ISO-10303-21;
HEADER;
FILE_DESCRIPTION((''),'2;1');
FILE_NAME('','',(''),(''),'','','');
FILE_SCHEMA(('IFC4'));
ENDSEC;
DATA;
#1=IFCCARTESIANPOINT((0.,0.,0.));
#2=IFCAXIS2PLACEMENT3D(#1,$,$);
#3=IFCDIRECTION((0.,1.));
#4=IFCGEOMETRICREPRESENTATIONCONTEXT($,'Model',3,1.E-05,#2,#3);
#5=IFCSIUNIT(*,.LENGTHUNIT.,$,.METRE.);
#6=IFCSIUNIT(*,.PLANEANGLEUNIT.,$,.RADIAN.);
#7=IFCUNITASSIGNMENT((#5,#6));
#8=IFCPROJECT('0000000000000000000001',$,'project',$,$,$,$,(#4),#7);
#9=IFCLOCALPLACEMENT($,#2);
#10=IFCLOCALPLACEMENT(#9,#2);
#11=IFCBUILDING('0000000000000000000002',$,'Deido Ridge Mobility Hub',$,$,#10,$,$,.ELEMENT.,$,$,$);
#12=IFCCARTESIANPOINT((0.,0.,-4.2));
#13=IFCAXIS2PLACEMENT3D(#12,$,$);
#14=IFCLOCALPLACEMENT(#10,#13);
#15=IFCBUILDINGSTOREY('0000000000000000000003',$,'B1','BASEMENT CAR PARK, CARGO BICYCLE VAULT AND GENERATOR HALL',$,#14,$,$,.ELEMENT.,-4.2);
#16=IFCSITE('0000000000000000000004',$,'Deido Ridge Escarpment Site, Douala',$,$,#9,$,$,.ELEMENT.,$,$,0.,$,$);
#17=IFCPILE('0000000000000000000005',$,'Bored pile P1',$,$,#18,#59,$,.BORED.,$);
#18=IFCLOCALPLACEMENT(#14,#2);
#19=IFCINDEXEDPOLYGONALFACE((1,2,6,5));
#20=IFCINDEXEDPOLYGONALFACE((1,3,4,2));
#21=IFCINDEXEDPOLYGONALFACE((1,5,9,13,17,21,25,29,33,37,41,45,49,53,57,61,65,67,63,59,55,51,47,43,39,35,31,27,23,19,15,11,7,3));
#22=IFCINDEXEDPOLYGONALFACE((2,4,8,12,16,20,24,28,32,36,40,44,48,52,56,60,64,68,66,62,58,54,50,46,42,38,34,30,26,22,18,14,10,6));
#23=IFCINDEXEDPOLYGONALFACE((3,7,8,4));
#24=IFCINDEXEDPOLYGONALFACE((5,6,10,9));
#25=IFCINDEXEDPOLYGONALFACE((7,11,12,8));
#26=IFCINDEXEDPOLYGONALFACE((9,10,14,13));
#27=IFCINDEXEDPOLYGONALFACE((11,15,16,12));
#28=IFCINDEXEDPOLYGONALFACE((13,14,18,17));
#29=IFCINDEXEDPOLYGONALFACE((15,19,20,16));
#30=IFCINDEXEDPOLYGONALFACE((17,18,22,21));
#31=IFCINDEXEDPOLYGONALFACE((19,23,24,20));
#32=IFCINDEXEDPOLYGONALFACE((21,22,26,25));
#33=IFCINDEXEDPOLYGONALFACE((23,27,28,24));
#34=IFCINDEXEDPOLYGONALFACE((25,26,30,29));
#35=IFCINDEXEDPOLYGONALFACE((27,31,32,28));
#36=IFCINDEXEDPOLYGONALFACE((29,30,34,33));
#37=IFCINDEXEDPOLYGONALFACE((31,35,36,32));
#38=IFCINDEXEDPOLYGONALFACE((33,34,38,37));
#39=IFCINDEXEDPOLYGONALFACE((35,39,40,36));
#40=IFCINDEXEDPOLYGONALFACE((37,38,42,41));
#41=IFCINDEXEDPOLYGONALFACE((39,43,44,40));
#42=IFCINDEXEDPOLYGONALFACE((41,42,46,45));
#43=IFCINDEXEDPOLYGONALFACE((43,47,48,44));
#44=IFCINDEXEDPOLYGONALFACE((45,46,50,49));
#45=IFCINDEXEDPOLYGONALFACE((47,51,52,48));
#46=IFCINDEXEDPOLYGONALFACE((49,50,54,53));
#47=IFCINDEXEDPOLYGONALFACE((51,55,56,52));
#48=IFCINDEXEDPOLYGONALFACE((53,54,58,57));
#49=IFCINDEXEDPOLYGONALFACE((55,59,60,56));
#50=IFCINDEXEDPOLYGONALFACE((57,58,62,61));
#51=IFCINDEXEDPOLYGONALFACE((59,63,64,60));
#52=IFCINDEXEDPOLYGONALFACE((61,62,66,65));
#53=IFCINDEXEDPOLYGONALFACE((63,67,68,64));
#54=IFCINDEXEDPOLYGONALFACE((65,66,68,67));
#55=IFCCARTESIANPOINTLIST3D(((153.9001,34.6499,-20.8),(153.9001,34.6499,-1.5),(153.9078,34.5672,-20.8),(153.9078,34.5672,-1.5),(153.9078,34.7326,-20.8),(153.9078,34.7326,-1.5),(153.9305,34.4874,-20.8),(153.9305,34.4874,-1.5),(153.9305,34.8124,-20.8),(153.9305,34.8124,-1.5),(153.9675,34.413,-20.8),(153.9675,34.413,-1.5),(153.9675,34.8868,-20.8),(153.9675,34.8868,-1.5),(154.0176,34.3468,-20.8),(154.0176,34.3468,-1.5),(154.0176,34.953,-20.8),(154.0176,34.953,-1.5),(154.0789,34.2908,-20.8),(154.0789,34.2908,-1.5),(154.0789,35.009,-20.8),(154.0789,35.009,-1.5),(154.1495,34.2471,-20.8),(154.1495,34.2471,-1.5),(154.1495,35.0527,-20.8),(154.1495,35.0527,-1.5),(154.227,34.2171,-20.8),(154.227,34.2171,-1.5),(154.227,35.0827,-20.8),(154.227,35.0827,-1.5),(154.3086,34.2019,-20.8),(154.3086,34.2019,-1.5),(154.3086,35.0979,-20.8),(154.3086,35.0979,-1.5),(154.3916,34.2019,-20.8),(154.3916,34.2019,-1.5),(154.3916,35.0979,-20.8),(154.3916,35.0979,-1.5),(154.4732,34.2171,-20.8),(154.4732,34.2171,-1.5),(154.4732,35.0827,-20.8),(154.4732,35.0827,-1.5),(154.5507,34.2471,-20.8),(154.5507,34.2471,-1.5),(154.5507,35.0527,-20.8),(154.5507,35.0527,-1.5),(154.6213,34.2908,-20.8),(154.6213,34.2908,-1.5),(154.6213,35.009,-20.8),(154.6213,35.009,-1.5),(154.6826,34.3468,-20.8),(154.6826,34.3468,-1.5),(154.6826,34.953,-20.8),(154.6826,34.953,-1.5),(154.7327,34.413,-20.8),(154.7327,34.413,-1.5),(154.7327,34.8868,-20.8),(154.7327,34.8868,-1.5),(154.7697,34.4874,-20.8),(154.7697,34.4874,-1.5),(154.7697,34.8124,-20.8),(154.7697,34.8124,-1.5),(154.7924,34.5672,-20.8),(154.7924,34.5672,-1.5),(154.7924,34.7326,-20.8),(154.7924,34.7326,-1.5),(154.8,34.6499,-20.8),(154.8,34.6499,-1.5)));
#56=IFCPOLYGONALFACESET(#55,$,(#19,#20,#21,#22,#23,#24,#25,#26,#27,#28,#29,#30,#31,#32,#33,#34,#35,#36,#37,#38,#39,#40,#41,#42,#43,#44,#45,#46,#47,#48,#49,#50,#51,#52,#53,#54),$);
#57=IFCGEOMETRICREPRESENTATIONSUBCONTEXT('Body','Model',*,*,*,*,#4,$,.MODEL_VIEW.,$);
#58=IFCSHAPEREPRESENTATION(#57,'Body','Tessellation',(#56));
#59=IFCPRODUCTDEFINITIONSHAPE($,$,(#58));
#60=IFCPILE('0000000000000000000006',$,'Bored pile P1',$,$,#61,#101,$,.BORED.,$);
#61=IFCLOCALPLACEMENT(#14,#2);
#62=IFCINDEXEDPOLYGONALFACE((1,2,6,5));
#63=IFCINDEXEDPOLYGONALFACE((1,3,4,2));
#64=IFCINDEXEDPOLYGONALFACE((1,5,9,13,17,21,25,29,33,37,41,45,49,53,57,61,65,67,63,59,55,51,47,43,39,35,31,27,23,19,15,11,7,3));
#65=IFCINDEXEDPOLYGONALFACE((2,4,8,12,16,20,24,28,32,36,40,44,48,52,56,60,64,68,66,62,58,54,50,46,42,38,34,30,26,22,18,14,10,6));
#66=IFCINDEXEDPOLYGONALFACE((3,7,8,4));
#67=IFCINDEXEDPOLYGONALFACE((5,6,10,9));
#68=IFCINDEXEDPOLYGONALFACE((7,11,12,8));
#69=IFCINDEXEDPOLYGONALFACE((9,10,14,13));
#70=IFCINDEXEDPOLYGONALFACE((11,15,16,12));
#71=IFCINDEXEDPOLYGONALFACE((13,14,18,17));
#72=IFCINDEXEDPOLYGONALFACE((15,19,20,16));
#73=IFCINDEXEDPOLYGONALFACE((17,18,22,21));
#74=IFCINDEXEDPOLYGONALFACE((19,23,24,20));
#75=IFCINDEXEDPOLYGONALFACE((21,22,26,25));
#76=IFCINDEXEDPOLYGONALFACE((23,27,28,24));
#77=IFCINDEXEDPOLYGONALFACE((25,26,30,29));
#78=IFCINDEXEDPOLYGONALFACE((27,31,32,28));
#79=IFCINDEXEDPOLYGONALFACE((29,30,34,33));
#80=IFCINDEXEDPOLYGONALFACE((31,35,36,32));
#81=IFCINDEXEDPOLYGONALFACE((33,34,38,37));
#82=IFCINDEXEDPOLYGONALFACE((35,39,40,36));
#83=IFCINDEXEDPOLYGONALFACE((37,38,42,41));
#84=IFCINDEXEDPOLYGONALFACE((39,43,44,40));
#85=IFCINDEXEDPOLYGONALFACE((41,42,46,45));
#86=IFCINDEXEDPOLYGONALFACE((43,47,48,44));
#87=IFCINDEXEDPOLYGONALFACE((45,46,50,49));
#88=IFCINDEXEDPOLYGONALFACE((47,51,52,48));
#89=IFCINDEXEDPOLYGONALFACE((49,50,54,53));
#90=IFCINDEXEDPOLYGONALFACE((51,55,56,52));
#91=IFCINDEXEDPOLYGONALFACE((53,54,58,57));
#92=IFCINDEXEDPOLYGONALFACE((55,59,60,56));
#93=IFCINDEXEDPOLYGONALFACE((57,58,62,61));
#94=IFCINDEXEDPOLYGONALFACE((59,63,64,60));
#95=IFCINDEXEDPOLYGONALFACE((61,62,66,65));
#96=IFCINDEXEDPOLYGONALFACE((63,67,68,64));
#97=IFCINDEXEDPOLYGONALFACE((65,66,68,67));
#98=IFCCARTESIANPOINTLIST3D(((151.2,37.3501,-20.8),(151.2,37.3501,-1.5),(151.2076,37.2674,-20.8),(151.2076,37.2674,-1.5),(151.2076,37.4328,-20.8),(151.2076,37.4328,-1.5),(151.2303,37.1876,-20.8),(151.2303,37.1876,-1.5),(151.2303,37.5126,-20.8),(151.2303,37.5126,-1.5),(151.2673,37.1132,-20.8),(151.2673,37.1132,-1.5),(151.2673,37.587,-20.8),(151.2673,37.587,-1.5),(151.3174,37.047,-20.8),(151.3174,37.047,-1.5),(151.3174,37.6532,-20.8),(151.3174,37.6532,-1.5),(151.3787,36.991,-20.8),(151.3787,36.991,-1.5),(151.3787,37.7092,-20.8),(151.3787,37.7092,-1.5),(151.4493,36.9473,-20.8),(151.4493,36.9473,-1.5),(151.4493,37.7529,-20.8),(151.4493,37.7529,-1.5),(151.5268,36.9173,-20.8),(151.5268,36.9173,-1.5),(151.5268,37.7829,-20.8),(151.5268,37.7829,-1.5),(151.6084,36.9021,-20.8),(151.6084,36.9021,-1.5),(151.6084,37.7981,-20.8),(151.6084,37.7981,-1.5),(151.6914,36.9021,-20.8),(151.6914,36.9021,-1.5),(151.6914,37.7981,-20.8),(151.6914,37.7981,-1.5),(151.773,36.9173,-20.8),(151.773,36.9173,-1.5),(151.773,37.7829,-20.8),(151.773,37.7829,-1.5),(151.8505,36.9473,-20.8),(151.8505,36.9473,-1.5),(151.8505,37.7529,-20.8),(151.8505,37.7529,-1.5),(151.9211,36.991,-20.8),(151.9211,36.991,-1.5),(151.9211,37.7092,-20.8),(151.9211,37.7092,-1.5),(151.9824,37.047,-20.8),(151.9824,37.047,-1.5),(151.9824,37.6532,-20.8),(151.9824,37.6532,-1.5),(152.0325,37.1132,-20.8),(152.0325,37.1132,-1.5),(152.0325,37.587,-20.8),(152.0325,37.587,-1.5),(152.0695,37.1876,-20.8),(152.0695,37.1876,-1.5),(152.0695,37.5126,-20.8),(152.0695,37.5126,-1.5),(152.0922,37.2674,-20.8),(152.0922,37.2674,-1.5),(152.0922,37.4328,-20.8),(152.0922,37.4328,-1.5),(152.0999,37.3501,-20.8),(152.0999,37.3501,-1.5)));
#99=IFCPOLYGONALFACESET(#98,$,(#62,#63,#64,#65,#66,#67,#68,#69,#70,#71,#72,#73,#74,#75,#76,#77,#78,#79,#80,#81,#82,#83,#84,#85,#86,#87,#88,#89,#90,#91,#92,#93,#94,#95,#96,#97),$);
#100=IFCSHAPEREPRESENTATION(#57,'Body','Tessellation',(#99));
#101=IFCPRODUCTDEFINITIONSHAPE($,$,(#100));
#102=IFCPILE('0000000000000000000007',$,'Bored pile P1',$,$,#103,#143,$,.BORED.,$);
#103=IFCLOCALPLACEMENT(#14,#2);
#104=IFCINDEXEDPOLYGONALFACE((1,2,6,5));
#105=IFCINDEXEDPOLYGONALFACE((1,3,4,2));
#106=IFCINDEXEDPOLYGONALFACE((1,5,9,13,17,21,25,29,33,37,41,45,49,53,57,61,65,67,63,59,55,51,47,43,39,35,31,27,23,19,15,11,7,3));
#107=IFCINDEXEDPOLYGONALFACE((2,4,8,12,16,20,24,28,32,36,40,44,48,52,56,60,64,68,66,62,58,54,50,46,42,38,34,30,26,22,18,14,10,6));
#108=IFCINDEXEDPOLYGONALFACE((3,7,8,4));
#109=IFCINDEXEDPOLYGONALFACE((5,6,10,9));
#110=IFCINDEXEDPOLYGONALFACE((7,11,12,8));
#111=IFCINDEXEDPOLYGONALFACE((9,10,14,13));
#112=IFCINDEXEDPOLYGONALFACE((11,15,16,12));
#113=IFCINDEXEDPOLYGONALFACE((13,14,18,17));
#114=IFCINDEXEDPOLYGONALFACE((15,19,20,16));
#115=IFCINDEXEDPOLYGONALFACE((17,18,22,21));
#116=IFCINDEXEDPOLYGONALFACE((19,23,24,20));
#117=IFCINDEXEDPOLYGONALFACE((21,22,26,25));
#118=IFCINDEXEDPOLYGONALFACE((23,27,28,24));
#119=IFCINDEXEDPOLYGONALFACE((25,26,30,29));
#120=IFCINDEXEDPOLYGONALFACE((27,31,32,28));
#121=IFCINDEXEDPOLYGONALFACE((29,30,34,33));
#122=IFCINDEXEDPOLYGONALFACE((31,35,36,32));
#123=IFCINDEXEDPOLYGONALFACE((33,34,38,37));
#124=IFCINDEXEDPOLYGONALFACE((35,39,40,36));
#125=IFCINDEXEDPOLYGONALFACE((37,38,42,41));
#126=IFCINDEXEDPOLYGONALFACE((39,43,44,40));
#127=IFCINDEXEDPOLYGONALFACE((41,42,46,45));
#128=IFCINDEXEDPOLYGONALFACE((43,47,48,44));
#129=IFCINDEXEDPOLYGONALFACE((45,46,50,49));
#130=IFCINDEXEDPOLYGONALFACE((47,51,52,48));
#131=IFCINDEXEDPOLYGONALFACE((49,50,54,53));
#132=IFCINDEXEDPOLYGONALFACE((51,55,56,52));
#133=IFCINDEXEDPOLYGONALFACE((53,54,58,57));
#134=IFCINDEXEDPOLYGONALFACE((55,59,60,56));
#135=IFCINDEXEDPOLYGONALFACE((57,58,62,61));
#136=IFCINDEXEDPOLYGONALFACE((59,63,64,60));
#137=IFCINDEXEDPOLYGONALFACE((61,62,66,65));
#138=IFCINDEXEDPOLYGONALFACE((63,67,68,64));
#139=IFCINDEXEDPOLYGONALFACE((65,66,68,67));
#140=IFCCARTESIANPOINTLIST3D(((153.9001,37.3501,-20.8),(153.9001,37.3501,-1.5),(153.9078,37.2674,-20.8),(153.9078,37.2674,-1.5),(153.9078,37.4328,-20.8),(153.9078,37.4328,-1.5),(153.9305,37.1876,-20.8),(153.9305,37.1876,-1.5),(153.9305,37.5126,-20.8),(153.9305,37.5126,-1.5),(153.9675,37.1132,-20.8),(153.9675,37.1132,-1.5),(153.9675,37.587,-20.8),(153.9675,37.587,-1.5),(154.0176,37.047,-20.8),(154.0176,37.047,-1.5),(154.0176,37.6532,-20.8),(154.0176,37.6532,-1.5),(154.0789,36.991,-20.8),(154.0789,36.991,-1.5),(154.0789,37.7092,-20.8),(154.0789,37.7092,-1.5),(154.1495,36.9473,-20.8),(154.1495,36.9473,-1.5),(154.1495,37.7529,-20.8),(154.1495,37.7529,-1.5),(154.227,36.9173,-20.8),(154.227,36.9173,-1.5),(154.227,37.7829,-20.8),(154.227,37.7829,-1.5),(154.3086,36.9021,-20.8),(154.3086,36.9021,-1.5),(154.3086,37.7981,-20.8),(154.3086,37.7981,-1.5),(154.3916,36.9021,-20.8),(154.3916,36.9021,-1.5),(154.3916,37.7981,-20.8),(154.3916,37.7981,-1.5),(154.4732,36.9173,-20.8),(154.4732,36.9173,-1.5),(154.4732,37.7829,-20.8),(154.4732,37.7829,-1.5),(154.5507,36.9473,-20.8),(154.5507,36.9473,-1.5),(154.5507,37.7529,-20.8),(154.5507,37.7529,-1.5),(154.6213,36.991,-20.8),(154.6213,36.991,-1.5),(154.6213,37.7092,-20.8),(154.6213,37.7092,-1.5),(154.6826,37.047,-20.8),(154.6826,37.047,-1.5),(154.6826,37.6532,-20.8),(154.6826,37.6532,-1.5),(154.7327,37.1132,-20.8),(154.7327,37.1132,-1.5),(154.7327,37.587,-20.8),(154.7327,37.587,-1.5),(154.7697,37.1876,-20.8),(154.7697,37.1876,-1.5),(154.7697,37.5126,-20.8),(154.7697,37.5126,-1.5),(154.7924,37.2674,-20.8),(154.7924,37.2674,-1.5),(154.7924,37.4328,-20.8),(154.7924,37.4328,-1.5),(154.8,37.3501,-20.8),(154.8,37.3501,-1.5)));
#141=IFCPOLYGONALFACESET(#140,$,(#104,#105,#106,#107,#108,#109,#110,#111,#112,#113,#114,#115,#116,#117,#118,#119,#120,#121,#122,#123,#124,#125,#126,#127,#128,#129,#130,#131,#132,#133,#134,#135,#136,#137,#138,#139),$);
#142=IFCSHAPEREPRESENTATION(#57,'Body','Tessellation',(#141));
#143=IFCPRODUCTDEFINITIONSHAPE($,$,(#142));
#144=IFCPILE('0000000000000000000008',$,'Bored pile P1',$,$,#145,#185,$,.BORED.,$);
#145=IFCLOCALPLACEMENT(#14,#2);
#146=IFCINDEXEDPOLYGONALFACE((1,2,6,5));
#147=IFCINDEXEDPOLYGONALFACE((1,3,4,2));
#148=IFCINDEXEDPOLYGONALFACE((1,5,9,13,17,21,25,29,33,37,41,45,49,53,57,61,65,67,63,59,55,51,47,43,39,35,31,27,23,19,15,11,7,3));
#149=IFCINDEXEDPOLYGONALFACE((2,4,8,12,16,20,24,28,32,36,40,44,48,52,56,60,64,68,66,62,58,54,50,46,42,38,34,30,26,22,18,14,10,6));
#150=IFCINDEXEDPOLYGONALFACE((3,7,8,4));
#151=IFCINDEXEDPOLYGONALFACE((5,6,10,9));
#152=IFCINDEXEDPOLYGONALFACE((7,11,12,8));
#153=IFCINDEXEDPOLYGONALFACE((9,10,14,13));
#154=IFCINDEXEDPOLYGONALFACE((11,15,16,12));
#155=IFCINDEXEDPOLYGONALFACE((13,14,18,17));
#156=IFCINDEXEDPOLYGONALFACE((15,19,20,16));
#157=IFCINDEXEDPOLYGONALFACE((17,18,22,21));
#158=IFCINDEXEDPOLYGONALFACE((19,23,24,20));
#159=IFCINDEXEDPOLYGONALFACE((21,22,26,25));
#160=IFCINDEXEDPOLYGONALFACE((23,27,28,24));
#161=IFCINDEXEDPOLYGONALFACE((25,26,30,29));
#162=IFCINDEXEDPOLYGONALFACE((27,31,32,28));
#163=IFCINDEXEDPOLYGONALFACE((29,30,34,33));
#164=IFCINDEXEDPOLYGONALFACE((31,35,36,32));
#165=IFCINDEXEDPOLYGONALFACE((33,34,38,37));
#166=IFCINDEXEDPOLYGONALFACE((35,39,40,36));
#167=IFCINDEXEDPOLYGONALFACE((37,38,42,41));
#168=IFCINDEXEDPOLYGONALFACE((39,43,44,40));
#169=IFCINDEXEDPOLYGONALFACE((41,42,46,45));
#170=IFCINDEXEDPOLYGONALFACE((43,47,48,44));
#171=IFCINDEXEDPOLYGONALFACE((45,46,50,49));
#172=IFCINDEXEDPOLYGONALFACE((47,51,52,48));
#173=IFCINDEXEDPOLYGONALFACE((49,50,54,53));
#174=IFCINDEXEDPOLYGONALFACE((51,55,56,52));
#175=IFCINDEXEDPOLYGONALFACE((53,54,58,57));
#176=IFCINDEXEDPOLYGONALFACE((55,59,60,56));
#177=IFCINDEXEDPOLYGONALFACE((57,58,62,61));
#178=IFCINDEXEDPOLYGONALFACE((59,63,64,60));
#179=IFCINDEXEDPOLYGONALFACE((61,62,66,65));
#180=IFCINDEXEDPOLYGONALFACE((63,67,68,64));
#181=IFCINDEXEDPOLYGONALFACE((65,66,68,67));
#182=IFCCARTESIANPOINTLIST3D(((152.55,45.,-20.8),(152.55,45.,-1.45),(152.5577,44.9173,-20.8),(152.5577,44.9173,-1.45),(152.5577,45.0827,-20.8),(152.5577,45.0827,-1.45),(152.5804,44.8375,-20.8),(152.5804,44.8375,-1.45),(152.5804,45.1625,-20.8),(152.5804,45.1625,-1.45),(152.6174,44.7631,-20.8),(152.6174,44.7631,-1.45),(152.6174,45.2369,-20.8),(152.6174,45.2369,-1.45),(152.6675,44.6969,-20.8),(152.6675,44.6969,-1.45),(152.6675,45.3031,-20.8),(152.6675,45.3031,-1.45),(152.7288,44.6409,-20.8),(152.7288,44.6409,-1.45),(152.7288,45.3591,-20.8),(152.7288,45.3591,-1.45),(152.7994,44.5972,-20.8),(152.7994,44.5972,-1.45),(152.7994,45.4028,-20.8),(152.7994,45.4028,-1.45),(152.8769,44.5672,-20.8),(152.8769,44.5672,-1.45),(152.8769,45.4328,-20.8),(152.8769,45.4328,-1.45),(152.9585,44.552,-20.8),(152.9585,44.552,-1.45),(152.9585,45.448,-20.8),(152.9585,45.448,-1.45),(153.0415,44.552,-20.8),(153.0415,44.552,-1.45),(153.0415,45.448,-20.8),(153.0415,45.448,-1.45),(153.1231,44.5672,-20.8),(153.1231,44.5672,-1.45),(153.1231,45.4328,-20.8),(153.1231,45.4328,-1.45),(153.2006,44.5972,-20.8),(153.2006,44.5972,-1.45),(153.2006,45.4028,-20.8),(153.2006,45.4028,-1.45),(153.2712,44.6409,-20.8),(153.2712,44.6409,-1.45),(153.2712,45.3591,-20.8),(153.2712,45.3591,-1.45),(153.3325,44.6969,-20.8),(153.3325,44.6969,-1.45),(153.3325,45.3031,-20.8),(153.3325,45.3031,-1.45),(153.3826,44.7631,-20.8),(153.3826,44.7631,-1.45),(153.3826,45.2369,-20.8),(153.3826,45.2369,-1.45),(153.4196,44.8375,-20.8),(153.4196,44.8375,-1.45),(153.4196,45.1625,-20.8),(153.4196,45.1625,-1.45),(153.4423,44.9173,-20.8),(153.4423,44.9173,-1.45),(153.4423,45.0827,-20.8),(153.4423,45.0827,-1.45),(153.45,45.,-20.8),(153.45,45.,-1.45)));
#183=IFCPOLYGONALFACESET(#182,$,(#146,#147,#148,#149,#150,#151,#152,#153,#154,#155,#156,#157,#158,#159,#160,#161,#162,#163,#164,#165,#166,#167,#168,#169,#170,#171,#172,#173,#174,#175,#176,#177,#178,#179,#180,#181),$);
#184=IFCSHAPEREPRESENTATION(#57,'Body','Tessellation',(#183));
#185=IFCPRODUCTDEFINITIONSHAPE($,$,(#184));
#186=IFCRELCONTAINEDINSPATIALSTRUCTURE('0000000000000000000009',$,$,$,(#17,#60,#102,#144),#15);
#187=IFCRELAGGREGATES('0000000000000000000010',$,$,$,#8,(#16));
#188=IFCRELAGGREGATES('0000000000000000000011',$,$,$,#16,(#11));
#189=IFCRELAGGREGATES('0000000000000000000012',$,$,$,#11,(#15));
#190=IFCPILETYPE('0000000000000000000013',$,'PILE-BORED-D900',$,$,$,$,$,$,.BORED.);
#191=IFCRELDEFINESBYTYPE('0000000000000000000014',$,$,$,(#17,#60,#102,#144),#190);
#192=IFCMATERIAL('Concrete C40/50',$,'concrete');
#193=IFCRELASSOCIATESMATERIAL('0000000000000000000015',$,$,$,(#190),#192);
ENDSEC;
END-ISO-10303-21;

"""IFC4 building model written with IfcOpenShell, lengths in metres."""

from ifc_helpers import new_model, si_unit, direction, frame, origin, origin_2d, place, context, subcontext, project, spatial, circle, extrude, material, material_profile, profile_set, type_object, element, save


model = new_model("IFC4")

# Units and contexts
model_context = context("Model", 3, precision=1e-05, world=origin(), true_north=direction((0.0, 1.0)))
body_context = subcontext(model_context, "Body", "Model", "MODEL_VIEW")
ifc_project = project(units=[si_unit("LENGTHUNIT", "METRE"), si_unit("PLANEANGLEUNIT", "RADIAN")], contexts=[model_context])

# Site, building, storey
site_placement = place(None, origin())
site = spatial("IfcSite", under=ifc_project, at=site_placement, Name="Deido Ridge Escarpment Site, Douala", CompositionType="ELEMENT", RefElevation=0.0)
building_placement = place(site_placement, origin())
building = spatial("IfcBuilding", under=site, at=building_placement, Name="Deido Ridge Mobility Hub", CompositionType="ELEMENT")
storey_placement = place(building_placement, frame((0.0, 0.0, -4.2)))
storey = spatial("IfcBuildingStorey", under=building, at=storey_placement, Name="B1", Description="BASEMENT CAR PARK, CARGO BICYCLE VAULT AND GENERATOR HALL", CompositionType="ELEMENT", Elevation=-4.2)

# Shared definitions
ifc_material_1 = material(Name="Concrete C40/50", Category="concrete")

# Piles
ifc_material_profile_1 = material_profile(ifc_material_1, circle(Radius=0.45, at=origin_2d()), Name="BORED PILE D900")
ifc_profile_set_1 = profile_set([ifc_material_profile_1], Name="Concrete C40/50")
pile_type_1 = type_object("IfcPileType", Name="PILE-BORED-D900", PredefinedType="BORED", material=ifc_profile_set_1)
for number, where, z_axis, x_axis, name in (
    (1, (154.3501, 34.6499, -1.5), (0.0, 0.0, -1.0), (1.0, 0.0, 0.0), "Bored pile P1"),
    (2, (151.6499, 37.3501, -1.5), (0.0, 0.0, -1.0), (1.0, 0.0, 0.0), "Bored pile P1"),
    (3, (154.3501, 37.3501, -1.5), (0.0, 0.0, -1.0), (1.0, 0.0, 0.0), "Bored pile P1"),
):
    element("IfcPile", number, at=place(storey_placement, frame(where, z_axis=z_axis, x_axis=x_axis)), inside=storey, type_object=pile_type_1, Name=name, PredefinedType="BORED", context=body_context, shape_type="SweptSolid", body=[
        extrude(circle(Radius=0.45, at=origin_2d()), origin(), (0.0, 0.0, 1.0), 19.3),
    ])
pile_1_placement = place(storey_placement, frame((153.0, 45.0, -1.45), z_axis=(0.0, 0.0, -1.0), x_axis=(1.0, 0.0, 0.0)))
element("IfcPile", 4, at=pile_1_placement, inside=storey, type_object=pile_type_1, Name="Bored pile P1", PredefinedType="BORED", context=body_context, shape_type="SweptSolid", body=[
    extrude(circle(Radius=0.45, at=origin_2d()), origin(), (0.0, 0.0, 1.0), 19.3501),
])

save(model, "model.ifc")
